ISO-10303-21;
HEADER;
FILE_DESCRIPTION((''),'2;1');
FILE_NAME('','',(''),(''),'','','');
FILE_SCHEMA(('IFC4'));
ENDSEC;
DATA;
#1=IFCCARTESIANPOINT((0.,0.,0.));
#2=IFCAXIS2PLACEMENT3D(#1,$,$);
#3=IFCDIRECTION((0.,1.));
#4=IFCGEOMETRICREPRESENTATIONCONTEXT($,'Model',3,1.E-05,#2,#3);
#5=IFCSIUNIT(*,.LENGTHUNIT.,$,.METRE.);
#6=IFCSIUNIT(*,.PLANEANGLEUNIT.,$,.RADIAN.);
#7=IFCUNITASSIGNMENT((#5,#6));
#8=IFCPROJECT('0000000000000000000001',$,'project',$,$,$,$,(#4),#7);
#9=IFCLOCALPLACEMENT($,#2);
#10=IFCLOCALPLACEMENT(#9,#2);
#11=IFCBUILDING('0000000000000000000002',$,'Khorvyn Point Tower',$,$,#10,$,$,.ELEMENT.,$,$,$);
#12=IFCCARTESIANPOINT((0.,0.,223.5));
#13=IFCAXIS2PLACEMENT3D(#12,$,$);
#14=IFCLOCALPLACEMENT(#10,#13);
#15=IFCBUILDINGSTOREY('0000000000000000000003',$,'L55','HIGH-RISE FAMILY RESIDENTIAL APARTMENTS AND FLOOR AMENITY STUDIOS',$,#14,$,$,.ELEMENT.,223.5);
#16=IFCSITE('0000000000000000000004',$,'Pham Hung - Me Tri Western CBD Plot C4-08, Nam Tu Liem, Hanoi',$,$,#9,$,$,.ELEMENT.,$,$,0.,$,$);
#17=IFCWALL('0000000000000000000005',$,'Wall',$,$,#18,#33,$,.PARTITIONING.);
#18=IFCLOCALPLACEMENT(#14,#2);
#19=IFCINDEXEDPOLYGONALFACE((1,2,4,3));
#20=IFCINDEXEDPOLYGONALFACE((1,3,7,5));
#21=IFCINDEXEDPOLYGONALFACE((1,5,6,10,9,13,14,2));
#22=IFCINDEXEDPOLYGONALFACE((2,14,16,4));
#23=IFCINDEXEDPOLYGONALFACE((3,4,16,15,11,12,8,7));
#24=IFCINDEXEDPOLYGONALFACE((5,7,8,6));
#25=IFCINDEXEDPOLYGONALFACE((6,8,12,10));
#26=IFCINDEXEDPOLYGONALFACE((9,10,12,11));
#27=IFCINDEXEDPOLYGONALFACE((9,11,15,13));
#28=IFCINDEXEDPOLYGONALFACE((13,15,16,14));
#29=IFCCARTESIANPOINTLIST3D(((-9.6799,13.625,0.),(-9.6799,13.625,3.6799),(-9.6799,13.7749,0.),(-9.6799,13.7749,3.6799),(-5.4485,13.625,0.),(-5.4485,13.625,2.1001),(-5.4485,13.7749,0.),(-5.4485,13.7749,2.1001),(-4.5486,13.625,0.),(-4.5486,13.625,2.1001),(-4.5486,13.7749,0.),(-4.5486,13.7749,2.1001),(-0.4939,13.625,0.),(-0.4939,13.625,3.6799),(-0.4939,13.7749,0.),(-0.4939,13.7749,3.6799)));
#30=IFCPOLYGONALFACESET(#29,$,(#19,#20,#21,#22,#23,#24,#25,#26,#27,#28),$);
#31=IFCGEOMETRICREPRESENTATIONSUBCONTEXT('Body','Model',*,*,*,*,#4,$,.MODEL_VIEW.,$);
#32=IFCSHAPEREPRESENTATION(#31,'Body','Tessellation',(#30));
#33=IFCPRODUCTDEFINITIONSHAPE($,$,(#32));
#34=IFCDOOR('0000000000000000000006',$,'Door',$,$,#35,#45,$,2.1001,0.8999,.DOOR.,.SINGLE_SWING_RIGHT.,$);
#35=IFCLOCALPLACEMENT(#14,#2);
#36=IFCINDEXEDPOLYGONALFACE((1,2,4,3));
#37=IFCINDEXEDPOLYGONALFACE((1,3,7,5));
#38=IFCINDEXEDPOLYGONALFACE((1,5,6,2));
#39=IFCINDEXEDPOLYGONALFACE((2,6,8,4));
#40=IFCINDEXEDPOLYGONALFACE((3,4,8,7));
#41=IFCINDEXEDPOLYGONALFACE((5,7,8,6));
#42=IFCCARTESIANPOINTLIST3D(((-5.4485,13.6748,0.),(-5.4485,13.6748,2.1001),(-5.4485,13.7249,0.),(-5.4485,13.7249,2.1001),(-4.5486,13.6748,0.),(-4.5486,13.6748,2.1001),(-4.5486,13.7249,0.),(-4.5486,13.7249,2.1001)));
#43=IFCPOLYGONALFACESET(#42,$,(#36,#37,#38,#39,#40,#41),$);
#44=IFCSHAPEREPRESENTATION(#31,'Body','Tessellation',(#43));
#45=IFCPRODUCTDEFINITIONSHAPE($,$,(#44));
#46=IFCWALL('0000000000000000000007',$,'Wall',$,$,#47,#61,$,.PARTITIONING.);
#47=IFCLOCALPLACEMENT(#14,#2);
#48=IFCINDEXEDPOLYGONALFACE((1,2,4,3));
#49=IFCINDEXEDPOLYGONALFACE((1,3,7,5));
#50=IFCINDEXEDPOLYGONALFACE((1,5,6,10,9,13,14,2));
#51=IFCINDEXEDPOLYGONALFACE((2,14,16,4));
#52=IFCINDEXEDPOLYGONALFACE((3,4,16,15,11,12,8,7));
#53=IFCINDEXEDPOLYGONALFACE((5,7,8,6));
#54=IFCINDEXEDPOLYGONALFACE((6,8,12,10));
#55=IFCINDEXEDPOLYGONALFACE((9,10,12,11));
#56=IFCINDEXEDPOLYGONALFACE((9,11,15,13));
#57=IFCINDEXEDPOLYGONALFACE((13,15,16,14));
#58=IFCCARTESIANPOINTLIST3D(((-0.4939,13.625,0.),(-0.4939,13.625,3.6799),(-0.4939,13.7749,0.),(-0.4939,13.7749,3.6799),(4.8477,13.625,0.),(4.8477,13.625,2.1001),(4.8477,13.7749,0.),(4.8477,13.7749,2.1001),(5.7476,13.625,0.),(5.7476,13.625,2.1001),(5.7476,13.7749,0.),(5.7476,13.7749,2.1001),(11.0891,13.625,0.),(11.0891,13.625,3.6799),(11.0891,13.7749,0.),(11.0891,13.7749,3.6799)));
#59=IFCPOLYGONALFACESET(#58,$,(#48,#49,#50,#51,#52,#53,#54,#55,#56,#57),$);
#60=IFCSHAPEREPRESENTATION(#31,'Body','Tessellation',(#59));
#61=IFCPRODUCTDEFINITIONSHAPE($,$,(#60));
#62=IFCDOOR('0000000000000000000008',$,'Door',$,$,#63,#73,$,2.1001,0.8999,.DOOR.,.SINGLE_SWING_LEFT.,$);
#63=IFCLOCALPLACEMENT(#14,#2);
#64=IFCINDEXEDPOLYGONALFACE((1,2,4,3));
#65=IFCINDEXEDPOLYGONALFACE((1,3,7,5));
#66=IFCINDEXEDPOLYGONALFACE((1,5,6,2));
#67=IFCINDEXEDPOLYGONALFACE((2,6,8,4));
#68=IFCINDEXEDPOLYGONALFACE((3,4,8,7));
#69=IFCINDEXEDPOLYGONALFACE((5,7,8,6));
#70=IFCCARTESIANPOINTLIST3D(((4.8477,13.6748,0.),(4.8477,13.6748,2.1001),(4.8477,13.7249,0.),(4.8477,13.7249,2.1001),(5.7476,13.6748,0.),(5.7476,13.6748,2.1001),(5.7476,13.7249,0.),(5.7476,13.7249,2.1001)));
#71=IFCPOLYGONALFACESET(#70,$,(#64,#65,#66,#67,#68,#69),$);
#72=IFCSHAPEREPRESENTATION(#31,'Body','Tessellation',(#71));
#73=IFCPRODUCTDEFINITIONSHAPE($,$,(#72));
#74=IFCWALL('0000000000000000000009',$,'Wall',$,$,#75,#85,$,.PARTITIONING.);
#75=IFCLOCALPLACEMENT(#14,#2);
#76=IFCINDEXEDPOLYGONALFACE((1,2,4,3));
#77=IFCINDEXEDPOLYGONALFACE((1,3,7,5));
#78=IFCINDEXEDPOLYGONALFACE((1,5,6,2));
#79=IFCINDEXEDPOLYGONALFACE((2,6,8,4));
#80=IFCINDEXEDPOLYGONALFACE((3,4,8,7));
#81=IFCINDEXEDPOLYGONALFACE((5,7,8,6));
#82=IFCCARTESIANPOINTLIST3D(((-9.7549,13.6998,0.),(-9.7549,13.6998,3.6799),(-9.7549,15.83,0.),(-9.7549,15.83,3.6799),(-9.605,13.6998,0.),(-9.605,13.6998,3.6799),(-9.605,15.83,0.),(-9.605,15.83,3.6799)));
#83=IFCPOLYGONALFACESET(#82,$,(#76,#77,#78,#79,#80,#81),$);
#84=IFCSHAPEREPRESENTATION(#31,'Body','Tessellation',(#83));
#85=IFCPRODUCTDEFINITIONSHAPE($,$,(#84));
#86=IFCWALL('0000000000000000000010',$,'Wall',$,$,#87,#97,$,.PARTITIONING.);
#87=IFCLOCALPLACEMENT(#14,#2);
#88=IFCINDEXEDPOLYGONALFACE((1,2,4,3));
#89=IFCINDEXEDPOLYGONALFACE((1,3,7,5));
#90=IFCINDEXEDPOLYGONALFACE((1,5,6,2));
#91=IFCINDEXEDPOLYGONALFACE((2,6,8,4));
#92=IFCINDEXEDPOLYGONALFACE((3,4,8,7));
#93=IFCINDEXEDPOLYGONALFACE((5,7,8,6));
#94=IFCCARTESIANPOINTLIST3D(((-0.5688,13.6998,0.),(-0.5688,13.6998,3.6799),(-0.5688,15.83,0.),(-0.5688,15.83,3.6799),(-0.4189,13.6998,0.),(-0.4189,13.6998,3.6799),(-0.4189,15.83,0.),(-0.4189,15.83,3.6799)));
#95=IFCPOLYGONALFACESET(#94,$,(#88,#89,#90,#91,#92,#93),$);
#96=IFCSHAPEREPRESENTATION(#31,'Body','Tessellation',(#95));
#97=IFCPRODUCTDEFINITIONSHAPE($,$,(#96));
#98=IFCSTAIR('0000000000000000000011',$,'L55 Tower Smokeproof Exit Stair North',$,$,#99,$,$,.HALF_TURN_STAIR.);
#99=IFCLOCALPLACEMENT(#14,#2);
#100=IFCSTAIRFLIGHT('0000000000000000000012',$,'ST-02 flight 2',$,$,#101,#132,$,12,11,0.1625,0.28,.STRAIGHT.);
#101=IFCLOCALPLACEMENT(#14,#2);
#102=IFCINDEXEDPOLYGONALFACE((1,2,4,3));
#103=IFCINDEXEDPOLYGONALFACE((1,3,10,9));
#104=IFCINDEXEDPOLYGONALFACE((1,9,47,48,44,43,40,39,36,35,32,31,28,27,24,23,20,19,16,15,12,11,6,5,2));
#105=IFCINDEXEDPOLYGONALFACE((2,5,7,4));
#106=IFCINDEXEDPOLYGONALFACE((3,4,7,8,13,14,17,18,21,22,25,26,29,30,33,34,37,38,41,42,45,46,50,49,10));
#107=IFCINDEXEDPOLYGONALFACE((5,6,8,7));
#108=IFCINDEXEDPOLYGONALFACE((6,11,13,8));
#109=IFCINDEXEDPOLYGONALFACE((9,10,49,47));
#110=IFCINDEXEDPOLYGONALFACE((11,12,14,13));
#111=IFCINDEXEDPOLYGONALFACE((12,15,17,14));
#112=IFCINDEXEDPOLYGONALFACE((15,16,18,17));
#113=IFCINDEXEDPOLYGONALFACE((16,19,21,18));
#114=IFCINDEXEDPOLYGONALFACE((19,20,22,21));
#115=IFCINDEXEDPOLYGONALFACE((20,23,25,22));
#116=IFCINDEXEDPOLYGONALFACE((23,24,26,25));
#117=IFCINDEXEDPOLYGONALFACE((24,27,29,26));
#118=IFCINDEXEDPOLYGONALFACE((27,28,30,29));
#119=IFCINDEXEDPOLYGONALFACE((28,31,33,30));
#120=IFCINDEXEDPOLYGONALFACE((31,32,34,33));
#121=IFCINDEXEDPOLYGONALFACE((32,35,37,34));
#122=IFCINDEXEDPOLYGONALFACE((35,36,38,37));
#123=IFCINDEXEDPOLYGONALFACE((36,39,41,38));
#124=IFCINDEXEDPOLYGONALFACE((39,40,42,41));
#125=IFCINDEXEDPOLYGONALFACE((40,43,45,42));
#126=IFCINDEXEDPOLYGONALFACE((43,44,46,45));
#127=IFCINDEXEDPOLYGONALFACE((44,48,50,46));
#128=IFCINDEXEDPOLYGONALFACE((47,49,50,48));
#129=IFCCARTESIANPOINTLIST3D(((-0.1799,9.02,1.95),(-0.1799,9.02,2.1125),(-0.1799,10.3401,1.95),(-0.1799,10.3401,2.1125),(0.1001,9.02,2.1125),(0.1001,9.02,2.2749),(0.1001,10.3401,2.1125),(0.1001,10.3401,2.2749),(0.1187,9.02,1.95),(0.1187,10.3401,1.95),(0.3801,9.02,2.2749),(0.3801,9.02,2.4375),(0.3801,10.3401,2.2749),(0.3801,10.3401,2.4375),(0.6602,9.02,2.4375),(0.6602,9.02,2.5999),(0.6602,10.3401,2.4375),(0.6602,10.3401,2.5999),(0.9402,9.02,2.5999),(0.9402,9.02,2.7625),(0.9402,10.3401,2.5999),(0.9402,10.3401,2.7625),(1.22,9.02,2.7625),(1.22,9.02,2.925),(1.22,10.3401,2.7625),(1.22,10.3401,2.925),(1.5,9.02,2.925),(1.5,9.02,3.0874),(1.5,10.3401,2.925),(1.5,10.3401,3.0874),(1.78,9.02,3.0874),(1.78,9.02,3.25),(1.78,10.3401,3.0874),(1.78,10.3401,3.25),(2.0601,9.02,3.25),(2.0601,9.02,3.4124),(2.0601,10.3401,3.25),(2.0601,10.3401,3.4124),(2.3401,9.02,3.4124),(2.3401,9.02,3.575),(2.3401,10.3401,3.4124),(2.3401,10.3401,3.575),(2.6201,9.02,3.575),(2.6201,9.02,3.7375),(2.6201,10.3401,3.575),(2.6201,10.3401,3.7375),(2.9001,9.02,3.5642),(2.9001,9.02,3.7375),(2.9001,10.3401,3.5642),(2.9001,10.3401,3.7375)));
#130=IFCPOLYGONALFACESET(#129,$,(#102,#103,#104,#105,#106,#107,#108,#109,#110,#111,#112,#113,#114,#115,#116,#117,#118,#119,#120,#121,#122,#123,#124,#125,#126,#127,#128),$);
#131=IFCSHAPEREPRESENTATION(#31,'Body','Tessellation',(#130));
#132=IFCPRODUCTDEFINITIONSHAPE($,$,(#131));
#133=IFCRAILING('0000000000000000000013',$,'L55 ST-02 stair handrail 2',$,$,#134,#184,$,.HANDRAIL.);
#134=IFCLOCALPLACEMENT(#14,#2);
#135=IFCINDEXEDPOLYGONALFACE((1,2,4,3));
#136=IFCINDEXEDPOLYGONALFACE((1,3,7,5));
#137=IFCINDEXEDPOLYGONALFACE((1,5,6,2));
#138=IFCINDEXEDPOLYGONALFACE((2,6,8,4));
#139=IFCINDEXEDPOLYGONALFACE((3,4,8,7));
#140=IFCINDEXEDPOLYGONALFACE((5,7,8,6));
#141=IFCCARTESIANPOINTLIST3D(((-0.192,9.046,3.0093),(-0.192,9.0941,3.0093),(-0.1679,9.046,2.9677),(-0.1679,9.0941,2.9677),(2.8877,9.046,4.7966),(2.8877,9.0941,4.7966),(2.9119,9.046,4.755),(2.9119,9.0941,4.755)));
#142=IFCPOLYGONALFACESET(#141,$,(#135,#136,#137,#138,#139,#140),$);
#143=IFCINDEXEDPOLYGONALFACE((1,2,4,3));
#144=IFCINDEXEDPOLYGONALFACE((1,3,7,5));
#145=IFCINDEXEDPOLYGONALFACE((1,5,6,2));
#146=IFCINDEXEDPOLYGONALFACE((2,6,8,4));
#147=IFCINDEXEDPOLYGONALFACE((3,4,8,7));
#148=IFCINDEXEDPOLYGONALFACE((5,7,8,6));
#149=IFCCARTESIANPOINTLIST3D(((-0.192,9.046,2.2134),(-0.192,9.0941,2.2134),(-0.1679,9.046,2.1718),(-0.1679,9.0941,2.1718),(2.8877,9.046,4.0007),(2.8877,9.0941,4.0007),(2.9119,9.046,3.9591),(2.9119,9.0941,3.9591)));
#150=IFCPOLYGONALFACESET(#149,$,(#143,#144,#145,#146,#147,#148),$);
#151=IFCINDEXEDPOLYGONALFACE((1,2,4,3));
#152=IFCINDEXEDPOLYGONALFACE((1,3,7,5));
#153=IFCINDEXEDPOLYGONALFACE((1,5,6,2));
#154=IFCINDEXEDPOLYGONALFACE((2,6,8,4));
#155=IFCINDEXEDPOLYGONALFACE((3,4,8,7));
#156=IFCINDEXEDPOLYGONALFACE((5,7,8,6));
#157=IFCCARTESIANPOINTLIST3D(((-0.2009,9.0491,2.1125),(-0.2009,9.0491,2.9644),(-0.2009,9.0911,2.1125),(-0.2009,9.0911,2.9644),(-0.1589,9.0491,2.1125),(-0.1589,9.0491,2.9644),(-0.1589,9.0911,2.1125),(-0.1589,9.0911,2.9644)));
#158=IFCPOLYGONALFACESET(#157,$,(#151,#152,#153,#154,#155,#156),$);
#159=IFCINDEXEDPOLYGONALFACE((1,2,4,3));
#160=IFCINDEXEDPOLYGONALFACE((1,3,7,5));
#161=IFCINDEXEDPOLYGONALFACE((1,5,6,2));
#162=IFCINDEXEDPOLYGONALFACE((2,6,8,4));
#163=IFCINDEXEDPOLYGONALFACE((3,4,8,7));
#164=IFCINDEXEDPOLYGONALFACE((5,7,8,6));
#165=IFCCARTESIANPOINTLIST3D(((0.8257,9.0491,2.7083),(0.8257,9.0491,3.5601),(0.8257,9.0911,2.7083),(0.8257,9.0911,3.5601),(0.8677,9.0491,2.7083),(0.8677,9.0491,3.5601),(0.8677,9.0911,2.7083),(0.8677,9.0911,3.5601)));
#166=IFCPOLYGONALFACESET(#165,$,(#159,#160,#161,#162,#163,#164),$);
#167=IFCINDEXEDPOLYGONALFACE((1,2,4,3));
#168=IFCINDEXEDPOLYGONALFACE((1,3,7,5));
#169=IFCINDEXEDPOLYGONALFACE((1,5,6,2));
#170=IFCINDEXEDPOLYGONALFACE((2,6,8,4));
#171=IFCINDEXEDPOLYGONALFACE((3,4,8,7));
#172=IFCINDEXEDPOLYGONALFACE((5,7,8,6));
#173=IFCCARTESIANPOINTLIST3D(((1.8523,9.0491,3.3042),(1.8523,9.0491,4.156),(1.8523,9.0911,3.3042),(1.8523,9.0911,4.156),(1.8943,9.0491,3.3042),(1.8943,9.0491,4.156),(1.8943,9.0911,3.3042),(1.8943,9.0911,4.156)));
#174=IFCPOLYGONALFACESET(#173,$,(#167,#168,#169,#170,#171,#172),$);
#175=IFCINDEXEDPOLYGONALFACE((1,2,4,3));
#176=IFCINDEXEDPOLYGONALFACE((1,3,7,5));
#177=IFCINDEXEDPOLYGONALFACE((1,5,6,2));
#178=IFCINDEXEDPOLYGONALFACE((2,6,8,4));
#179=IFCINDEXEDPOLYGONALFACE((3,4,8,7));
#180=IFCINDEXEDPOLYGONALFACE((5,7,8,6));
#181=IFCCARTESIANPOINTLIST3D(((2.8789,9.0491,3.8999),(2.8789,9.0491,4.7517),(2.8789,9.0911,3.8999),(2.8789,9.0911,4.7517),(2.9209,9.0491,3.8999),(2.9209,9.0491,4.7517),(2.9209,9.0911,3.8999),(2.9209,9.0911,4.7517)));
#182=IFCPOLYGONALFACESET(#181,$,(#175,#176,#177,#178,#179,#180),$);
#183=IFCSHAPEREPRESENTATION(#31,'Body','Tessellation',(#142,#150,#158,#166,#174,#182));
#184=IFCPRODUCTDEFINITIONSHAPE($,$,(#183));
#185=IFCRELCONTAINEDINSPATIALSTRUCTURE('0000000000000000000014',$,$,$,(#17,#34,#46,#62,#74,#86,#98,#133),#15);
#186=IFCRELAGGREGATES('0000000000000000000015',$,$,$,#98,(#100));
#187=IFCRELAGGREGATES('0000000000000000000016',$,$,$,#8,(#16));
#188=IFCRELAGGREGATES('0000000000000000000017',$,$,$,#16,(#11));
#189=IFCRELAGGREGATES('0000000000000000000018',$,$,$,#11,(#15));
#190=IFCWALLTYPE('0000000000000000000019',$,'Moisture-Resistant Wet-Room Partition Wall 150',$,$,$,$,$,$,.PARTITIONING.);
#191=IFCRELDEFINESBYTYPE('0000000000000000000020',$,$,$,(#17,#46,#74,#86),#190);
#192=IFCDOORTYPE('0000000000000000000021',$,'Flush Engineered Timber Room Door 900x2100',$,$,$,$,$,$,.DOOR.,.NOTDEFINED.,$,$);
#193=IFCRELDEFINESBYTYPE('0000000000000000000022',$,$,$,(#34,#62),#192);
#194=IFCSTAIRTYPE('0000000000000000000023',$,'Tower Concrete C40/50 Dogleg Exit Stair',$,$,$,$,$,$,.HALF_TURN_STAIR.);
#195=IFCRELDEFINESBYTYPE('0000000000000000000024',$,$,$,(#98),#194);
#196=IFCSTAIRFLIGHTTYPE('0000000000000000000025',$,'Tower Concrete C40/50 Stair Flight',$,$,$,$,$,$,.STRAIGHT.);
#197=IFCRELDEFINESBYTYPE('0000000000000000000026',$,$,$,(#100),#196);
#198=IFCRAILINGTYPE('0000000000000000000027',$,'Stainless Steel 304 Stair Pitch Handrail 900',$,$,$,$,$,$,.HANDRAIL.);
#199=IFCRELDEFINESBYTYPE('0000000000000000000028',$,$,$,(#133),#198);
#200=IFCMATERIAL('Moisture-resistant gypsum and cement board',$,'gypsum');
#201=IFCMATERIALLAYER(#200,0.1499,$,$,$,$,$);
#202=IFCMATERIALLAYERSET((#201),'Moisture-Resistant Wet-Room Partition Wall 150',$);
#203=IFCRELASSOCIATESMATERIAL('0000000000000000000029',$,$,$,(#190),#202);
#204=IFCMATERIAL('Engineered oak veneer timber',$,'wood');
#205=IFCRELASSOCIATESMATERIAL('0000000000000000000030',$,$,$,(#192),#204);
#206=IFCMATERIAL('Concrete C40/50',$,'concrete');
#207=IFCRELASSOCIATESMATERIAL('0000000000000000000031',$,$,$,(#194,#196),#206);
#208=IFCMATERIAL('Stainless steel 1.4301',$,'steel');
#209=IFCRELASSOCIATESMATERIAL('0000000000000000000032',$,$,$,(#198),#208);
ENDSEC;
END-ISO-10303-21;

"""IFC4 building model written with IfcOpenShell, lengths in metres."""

from ifc_helpers import new_model, si_unit, direction, frame, frame_2d, origin, origin_2d, place, context, subcontext, project, spatial, polyline, rectangle, outline, extrude, material, layer, layer_set, type_object, element, fill, aggregate, save


model = new_model("IFC4")

# Units and contexts
model_context = context("Model", 3, precision=1e-05, world=origin(), true_north=direction((0.0, 1.0)))
body_context = subcontext(model_context, "Body", "Model", "MODEL_VIEW")
ifc_project = project(units=[si_unit("LENGTHUNIT", "METRE"), si_unit("PLANEANGLEUNIT", "RADIAN")], contexts=[model_context])

# Site, building, storey
site_placement = place(None, origin())
site = spatial("IfcSite", under=ifc_project, at=site_placement, Name="Pham Hung - Me Tri Western CBD Plot C4-08, Nam Tu Liem, Hanoi", CompositionType="ELEMENT", RefElevation=0.0)
building_placement = place(site_placement, origin())
building = spatial("IfcBuilding", under=site, at=building_placement, Name="Khorvyn Point Tower", CompositionType="ELEMENT")
storey_placement = place(building_placement, frame((0.0, 0.0, 223.5)))
storey = spatial("IfcBuildingStorey", under=building, at=storey_placement, Name="L55", Description="HIGH-RISE FAMILY RESIDENTIAL APARTMENTS AND FLOOR AMENITY STUDIOS", CompositionType="ELEMENT", Elevation=223.5)

# Shared definitions
ifc_material_1 = material(Name="Concrete C40/50", Category="concrete")

# Walls, openings, doors
ifc_material_2 = material(Name="Moisture-resistant gypsum and cement board", Category="gypsum")
ifc_layer_1 = layer(ifc_material_2, 0.1499)
ifc_layer_set_1 = layer_set([ifc_layer_1], Name="Moisture-Resistant Wet-Room Partition Wall 150")
wall_type_1 = type_object("IfcWallType", Name="Moisture-Resistant Wet-Room Partition Wall 150", PredefinedType="PARTITIONING", material=ifc_layer_set_1)
wall_1_placement = place(storey_placement, frame((-9.6799, 13.7, 0.0), z_axis=(0.0, 0.0, 1.0), x_axis=(1.0, 0.0, 0.0)))
wall_1 = element("IfcWall", 1, at=wall_1_placement, inside=storey, type_object=wall_type_1, Name="Wall", PredefinedType="PARTITIONING", context=body_context, shape_type="SweptSolid", body=[
    extrude(rectangle(XDim=9.186, YDim=0.1499, at=frame_2d((4.593, 0.0))), origin(), (0.0, 0.0, 1.0), 3.6799),
])
opening_1_placement = place(wall_1_placement, frame((4.2314, 0.0, 0.0)))
opening_1 = element("IfcOpeningElement", 2, at=opening_1_placement, cuts=wall_1, PredefinedType="OPENING", context=body_context, shape_type="SweptSolid", body=[
    extrude(rectangle(XDim=0.8999, YDim=2.1001, at=frame_2d((0.45, 1.05))), frame((0.0, 0.085, 0.0), z_axis=(0.0, -1.0, 0.0), x_axis=(1.0, 0.0, 0.0)), (0.0, 0.0, 1.0), 0.1699),
])
ifc_material_3 = material(Name="Engineered oak veneer timber", Category="wood")
door_type_1 = type_object("IfcDoorType", Name="Flush Engineered Timber Room Door 900x2100", OperationType="NOTDEFINED", PredefinedType="DOOR", material=ifc_material_3)
door_1_placement = place(opening_1_placement, origin())
door_1 = element("IfcDoor", 3, at=door_1_placement, inside=storey, type_object=door_type_1, Name="Door", OperationType="SINGLE_SWING_RIGHT", OverallHeight=2.1001, OverallWidth=0.8999, PredefinedType="DOOR", context=body_context, shape_type="SweptSolid", body=[
    extrude(rectangle(XDim=0.8999, YDim=2.1001, at=frame_2d((0.45, 1.05))), frame((0.0, 0.0249, 0.0), z_axis=(0.0, -1.0, 0.0), x_axis=(1.0, 0.0, 0.0)), (0.0, 0.0, 1.0), 0.05),
])
fill(opening_1, door_1)
wall_2_placement = place(storey_placement, frame((-0.4939, 13.7, 0.0), z_axis=(0.0, 0.0, 1.0), x_axis=(1.0, 0.0, 0.0)))
wall_2 = element("IfcWall", 4, at=wall_2_placement, inside=storey, type_object=wall_type_1, Name="Wall", PredefinedType="PARTITIONING", context=body_context, shape_type="SweptSolid", body=[
    extrude(rectangle(XDim=11.583, YDim=0.1499, at=frame_2d((5.7915, 0.0))), origin(), (0.0, 0.0, 1.0), 3.6799),
])
opening_2_placement = place(wall_2_placement, frame((5.3416, 0.0, 0.0)))
opening_2 = element("IfcOpeningElement", 5, at=opening_2_placement, cuts=wall_2, PredefinedType="OPENING", context=body_context, shape_type="SweptSolid", body=[
    extrude(rectangle(XDim=0.8999, YDim=2.1001, at=frame_2d((0.45, 1.05))), frame((0.0, 0.085, 0.0), z_axis=(0.0, -1.0, 0.0), x_axis=(1.0, 0.0, 0.0)), (0.0, 0.0, 1.0), 0.1699),
])
door_2_placement = place(opening_2_placement, origin())
door_2 = element("IfcDoor", 6, at=door_2_placement, inside=storey, type_object=door_type_1, Name="Door", OperationType="SINGLE_SWING_LEFT", OverallHeight=2.1001, OverallWidth=0.8999, PredefinedType="DOOR", context=body_context, shape_type="SweptSolid", body=[
    extrude(rectangle(XDim=0.8999, YDim=2.1001, at=frame_2d((0.45, 1.05))), frame((0.0, 0.0249, 0.0), z_axis=(0.0, -1.0, 0.0), x_axis=(1.0, 0.0, 0.0)), (0.0, 0.0, 1.0), 0.05),
])
fill(opening_2, door_2)

# Walls
for number, where, z_axis, x_axis, name in (
    (7, (-9.6799, 13.7, 0.0), (0.0, 0.0, 1.0), (0.0, 1.0, 0.0), "Wall"),
    (8, (-0.4939, 13.7, 0.0), (0.0, 0.0, 1.0), (0.0, 1.0, 0.0), "Wall"),
):
    element("IfcWall", number, at=place(storey_placement, frame(where, z_axis=z_axis, x_axis=x_axis)), inside=storey, type_object=wall_type_1, Name=name, PredefinedType="PARTITIONING", context=body_context, shape_type="SweptSolid", body=[
        extrude(rectangle(XDim=2.1301, YDim=0.1499, at=frame_2d((1.0649, 0.0))), origin(), (0.0, 0.0, 1.0), 3.6799),
    ])

# Stair, stair flight
stair_type = type_object("IfcStairType", Name="Tower Concrete C40/50 Dogleg Exit Stair", PredefinedType="HALF_TURN_STAIR", material=ifc_material_1)
stair_placement = place(storey_placement, origin())
stair = element("IfcStair", 9, at=stair_placement, inside=storey, type_object=stair_type, Name="L55 Tower Smokeproof Exit Stair North", PredefinedType="HALF_TURN_STAIR")
stair_flight_type = type_object("IfcStairFlightType", Name="Tower Concrete C40/50 Stair Flight", PredefinedType="STRAIGHT", material=ifc_material_1)
stair_flight_placement = place(storey_placement, frame((-0.1799, 9.6799, 1.95), z_axis=(0.0, 0.0, 1.0), x_axis=(1.0, 0.0, 0.0)))
stair_flight = element("IfcStairFlight", 10, at=stair_flight_placement, type_object=stair_flight_type, Name="ST-02 flight 2", NumberOfRisers=12, NumberOfTreads=11, PredefinedType="STRAIGHT", RiserHeight=0.1625, TreadLength=0.28, context=body_context, shape_type="SweptSolid", body=[
    extrude(outline(polyline([(0.0, 0.0), (0.0, 0.1626), (0.28, 0.1626), (0.28, 0.325), (0.5601, 0.325), (0.5601, 0.4875), (0.8401, 0.4875), (0.8401, 0.6499), (1.1201, 0.6499), (1.1201, 0.8125), (1.3999, 0.8125), (1.3999, 0.9751), (1.6799, 0.9751), (1.6799, 1.1375), (1.96, 1.1375), (1.96, 1.3), (2.24, 1.3), (2.24, 1.4624), (2.52, 1.4624), (2.52, 1.625), (2.8, 1.625), (2.8, 1.7876), (3.0801, 1.7876), (3.0801, 1.95), (3.0801, 1.6143), (0.2986, 0.0), (0.0, 0.0)])), frame((0.0, 0.6602, 0.0), z_axis=(0.0, -1.0, 0.0), x_axis=(1.0, 0.0, 0.0)), (0.0, 0.0, 1.0), 1.3201),
])
aggregate(stair, [stair_flight])

# Railing
ifc_material_4 = material(Name="Stainless steel 1.4301", Category="steel")
railing_type_1 = type_object("IfcRailingType", Name="Stainless Steel 304 Stair Pitch Handrail 900", PredefinedType="HANDRAIL", material=ifc_material_4)
railing_1_placement = place(storey_placement, frame((-0.1799, 9.0701, 2.1125)))
element("IfcRailing", 11, at=railing_1_placement, inside=storey, type_object=railing_type_1, Name="L55 ST-02 stair handrail 2", PredefinedType="HANDRAIL", context=body_context, shape_type="SweptSolid", body=[
    extrude(rectangle(XDim=0.0481, YDim=0.0481, at=origin_2d()), frame((0.0, 0.0, 0.876), z_axis=(0.864903, 0.0, 0.501939), x_axis=(0.0, 1.0, 0.0)), (0.0, 0.0, 1.0), 3.5608),
    extrude(rectangle(XDim=0.0481, YDim=0.0481, at=origin_2d()), frame((0.0, 0.0, 0.0801), z_axis=(0.864903, 0.0, 0.501939), x_axis=(0.0, 1.0, 0.0)), (0.0, 0.0, 1.0), 3.5608),
    extrude(rectangle(XDim=0.042, YDim=0.042, at=origin_2d()), origin(), (0.0, 0.0, 1.0), 0.8518),
    extrude(rectangle(XDim=0.042, YDim=0.042, at=origin_2d()), frame((1.0266, 0.0, 0.5957)), (0.0, 0.0, 1.0), 0.8518),
    extrude(rectangle(XDim=0.042, YDim=0.042, at=origin_2d()), frame((2.0532, 0.0, 1.1917)), (0.0, 0.0, 1.0), 0.8518),
    extrude(rectangle(XDim=0.042, YDim=0.042, at=origin_2d()), frame((3.0798, 0.0, 1.7874)), (0.0, 0.0, 1.0), 0.8518),
])

save(model, "model.ifc")
